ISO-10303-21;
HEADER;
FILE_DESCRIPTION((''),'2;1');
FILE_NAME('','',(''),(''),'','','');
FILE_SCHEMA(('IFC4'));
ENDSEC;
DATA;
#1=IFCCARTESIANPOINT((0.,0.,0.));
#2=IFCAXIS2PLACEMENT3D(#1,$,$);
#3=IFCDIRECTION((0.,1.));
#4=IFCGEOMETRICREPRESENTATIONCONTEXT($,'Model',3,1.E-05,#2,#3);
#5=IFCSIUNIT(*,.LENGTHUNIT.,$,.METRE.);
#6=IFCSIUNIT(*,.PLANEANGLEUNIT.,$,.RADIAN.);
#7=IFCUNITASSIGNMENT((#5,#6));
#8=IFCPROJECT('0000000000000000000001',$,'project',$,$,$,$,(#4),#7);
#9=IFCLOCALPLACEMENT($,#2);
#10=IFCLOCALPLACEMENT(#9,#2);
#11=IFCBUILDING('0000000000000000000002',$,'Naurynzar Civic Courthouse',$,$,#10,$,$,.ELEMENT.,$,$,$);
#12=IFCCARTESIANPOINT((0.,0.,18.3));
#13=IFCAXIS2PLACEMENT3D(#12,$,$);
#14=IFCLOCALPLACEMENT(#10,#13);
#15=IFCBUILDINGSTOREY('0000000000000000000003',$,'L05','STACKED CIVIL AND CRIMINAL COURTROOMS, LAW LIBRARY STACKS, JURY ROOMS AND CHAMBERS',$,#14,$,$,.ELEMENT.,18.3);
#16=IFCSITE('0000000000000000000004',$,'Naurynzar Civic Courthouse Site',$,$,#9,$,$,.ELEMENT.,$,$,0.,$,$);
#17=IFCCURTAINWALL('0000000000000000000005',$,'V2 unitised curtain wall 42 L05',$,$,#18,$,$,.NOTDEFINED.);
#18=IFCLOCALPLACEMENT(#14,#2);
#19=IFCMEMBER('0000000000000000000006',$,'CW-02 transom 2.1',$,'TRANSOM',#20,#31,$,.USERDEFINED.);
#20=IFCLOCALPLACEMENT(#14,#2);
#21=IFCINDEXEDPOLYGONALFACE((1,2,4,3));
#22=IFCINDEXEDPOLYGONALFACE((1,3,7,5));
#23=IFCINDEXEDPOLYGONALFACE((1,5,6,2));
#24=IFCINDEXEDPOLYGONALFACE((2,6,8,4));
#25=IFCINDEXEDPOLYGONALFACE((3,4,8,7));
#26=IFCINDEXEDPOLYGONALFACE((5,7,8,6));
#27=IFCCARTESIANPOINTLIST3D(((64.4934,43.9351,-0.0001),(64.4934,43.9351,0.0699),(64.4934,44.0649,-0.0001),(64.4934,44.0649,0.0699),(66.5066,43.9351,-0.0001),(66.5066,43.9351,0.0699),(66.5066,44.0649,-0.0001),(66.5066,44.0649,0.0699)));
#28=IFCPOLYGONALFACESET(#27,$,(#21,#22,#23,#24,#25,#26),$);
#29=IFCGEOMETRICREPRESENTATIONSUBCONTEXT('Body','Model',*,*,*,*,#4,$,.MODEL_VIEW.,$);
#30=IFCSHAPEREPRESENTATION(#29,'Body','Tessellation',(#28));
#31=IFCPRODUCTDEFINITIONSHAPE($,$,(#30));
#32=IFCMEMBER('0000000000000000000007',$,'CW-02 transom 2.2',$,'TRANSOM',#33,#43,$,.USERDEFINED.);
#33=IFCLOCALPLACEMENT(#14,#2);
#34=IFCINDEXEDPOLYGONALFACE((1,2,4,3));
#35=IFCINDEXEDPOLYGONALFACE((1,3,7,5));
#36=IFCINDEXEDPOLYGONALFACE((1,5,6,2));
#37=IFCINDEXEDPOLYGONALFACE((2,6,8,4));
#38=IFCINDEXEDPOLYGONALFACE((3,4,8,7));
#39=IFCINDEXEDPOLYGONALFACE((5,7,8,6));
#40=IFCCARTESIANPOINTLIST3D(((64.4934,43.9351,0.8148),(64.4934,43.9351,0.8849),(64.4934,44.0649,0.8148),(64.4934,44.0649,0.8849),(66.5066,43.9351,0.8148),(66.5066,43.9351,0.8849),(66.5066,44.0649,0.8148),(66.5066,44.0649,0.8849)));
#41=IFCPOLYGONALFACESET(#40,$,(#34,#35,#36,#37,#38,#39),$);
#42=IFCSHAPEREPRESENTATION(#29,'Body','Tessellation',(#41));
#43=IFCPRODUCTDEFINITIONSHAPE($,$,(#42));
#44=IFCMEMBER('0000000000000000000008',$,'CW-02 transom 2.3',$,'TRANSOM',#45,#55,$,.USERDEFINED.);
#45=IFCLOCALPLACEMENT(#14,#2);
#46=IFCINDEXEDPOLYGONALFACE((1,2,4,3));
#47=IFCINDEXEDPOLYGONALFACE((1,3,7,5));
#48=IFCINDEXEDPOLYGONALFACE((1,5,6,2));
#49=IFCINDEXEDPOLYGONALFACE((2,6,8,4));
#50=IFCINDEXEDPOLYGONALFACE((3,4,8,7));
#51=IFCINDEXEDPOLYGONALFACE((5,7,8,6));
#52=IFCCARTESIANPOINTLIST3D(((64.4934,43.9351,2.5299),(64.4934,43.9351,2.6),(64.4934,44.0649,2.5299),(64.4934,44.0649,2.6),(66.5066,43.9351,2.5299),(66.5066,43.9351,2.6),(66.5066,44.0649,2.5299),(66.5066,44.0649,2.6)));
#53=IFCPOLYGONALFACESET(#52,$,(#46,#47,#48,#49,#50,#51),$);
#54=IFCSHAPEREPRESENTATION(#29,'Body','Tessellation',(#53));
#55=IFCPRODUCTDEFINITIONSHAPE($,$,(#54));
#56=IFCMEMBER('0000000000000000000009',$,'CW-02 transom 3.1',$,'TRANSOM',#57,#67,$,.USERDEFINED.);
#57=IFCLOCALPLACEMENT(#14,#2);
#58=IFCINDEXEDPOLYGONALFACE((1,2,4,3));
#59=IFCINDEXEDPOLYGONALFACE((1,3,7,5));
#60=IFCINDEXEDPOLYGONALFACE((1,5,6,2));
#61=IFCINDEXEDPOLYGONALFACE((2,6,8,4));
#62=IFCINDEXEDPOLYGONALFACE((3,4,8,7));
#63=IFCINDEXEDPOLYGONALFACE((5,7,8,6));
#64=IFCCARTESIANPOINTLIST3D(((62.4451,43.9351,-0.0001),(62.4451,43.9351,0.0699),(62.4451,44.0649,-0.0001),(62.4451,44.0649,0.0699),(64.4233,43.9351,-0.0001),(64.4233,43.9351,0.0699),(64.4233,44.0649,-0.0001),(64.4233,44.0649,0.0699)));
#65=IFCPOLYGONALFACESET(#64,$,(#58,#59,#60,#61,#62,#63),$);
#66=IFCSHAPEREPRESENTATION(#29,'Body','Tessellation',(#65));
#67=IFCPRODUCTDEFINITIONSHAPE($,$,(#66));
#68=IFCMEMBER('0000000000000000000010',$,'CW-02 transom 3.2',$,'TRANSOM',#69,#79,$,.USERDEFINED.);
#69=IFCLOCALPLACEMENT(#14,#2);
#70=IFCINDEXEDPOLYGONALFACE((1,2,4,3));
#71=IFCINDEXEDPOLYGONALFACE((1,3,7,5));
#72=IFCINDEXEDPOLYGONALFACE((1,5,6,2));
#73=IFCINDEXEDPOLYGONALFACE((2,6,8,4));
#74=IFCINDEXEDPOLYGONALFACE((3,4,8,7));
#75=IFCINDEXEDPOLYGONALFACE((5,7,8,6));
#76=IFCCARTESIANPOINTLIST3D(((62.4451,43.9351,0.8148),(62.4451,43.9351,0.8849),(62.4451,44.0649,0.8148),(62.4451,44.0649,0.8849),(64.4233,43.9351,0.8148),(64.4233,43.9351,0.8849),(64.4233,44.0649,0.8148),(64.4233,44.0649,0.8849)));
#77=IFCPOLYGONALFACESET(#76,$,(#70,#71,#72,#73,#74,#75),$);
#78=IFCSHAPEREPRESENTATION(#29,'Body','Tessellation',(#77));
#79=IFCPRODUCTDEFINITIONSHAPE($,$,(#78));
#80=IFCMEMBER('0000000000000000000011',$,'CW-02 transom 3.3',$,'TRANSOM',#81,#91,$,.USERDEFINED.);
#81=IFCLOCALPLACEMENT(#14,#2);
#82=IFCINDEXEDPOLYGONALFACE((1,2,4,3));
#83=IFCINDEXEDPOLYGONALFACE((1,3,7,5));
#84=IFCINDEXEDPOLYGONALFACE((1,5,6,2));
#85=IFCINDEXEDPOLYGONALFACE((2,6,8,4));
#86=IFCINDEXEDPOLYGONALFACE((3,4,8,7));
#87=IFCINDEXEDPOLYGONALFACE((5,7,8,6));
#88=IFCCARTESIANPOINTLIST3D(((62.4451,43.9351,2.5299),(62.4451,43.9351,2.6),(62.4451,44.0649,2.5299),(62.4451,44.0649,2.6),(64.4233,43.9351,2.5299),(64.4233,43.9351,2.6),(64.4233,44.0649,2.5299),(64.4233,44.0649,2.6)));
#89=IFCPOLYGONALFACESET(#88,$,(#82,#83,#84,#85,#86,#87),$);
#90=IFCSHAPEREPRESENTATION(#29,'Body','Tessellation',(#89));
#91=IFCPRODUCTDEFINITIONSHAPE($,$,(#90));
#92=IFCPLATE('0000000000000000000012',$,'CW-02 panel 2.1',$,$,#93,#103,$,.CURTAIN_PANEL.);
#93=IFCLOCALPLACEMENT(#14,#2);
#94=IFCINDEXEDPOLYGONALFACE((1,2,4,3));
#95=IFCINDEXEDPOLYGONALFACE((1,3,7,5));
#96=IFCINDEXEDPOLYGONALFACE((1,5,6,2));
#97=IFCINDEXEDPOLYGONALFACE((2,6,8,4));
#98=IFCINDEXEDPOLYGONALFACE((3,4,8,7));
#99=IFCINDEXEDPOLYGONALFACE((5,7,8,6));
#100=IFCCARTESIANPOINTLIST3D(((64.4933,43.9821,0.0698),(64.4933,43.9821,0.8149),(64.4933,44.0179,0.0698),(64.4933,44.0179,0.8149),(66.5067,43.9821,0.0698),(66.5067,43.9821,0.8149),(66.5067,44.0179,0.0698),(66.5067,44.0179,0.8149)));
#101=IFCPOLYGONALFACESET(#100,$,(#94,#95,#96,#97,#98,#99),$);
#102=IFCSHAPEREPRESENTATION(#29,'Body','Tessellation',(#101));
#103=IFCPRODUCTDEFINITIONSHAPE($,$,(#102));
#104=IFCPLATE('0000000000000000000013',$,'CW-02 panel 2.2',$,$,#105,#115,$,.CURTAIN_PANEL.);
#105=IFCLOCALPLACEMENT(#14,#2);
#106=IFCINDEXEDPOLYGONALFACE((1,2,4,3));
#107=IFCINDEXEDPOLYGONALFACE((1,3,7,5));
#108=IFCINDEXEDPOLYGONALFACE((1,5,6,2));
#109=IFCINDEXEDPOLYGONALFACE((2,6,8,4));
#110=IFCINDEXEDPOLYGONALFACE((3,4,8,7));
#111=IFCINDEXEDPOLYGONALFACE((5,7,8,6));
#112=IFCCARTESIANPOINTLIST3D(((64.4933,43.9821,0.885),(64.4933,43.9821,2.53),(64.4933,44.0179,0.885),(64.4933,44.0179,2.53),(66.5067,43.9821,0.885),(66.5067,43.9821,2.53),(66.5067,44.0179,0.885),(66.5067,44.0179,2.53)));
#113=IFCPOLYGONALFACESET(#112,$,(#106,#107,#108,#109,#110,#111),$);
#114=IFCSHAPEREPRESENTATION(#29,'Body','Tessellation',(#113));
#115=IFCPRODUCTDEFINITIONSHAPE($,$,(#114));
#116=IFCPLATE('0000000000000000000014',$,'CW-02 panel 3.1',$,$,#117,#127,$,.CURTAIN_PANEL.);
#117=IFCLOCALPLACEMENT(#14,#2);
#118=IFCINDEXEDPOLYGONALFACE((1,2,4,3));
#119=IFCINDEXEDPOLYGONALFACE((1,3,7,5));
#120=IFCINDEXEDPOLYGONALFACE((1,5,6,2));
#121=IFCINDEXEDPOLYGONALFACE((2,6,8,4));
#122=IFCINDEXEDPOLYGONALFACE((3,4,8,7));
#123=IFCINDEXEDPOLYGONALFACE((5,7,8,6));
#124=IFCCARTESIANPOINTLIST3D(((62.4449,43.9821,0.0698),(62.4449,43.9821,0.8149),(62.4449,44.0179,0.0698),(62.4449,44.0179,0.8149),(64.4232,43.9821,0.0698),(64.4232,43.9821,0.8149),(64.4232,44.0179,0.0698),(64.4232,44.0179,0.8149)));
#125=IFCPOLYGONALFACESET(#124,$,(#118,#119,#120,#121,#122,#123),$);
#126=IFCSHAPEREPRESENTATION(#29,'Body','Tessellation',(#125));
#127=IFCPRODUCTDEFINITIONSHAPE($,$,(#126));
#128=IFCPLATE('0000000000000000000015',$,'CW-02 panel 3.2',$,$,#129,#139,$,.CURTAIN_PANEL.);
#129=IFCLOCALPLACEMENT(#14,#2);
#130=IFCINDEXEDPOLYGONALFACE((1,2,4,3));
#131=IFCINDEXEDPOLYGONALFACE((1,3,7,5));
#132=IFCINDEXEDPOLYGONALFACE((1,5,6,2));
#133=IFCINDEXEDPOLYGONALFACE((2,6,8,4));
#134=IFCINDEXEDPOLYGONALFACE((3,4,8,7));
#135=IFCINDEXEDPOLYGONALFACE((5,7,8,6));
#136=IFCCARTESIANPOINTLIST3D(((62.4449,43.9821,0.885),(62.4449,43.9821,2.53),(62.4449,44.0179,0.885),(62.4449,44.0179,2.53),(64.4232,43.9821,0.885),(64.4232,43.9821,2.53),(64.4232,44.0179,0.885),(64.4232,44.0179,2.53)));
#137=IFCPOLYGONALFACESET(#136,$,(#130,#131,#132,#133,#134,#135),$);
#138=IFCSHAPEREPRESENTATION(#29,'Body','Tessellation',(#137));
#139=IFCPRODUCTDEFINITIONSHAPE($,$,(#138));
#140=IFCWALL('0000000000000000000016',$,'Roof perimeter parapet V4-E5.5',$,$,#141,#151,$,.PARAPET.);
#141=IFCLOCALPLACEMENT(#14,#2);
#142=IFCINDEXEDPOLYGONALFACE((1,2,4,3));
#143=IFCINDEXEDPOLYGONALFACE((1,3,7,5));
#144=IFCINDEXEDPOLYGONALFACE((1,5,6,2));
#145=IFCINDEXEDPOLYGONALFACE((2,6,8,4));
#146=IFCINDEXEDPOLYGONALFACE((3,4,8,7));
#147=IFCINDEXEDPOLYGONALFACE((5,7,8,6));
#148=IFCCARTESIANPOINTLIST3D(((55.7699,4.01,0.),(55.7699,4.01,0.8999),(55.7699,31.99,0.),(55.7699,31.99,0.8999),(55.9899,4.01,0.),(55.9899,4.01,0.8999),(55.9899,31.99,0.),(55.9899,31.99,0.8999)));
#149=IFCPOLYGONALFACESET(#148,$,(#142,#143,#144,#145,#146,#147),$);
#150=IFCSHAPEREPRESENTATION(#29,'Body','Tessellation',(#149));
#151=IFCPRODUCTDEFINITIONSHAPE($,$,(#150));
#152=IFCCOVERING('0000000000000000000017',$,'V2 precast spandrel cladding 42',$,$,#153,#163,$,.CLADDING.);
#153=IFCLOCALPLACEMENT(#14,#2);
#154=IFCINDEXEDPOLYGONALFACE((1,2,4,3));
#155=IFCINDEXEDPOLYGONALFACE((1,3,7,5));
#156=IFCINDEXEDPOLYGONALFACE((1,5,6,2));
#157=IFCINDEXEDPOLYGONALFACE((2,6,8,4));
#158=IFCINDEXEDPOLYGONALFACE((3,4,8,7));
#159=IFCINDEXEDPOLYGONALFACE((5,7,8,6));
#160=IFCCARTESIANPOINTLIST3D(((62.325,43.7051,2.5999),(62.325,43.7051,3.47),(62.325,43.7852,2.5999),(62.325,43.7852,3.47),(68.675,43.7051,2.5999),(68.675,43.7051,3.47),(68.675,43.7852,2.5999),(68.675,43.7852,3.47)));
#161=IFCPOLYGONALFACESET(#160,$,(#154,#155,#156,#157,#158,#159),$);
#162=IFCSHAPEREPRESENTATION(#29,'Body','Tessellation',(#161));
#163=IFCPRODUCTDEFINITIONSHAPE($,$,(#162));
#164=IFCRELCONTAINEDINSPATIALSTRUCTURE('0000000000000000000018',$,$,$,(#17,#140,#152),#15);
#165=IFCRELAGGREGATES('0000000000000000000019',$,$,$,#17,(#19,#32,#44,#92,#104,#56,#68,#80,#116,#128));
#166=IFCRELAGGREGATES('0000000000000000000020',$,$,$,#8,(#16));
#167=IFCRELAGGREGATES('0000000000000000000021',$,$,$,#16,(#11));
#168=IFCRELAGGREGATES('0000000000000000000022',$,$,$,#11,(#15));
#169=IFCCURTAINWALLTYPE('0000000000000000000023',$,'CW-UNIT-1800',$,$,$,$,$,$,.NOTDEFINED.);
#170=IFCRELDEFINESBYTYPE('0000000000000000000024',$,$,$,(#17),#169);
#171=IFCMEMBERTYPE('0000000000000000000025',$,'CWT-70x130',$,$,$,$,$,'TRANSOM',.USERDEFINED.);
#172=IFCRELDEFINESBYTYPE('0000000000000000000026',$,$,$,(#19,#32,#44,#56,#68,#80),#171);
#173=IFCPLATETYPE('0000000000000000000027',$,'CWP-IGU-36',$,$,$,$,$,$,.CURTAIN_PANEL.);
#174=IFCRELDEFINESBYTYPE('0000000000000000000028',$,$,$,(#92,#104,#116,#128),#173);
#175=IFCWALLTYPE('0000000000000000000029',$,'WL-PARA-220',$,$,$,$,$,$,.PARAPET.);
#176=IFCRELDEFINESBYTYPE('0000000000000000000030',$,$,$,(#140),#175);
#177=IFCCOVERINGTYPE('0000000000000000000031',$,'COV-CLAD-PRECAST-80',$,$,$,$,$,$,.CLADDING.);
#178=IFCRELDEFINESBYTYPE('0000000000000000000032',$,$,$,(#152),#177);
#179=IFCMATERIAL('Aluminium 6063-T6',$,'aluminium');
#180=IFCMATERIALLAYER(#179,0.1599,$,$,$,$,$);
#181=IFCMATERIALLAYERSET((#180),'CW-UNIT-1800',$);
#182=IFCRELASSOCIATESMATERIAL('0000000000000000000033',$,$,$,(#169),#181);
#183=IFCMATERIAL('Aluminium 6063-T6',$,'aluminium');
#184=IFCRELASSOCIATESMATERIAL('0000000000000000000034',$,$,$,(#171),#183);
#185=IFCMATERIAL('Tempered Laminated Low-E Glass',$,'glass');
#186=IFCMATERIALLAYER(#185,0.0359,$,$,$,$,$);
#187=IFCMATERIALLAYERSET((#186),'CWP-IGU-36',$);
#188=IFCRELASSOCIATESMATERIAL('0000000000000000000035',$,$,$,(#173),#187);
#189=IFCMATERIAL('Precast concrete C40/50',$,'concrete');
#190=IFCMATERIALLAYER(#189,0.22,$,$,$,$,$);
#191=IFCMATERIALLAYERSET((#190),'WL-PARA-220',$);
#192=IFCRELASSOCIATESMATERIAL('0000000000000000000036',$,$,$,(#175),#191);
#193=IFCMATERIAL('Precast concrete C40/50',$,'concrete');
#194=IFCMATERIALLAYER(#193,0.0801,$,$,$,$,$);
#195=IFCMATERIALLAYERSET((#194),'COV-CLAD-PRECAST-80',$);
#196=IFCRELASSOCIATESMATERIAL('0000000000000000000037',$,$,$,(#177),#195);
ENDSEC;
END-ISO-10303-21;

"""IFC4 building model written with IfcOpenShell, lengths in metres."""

from ifc_helpers import new_model, si_unit, direction, frame, frame_2d, origin, origin_2d, place, context, subcontext, project, spatial, rectangle, extrude, material, layer, layer_set, material_profile, profile_set, type_object, element, aggregate, save


model = new_model("IFC4")

# Units and contexts
model_context = context("Model", 3, precision=1e-05, world=origin(), true_north=direction((0.0, 1.0)))
body_context = subcontext(model_context, "Body", "Model", "MODEL_VIEW")
ifc_project = project(units=[si_unit("LENGTHUNIT", "METRE"), si_unit("PLANEANGLEUNIT", "RADIAN")], contexts=[model_context])

# Site, building, storey
site_placement = place(None, origin())
site = spatial("IfcSite", under=ifc_project, at=site_placement, Name="Naurynzar Civic Courthouse Site", CompositionType="ELEMENT", RefElevation=0.0)
building_placement = place(site_placement, origin())
building = spatial("IfcBuilding", under=site, at=building_placement, Name="Naurynzar Civic Courthouse", CompositionType="ELEMENT")
storey_placement = place(building_placement, frame((0.0, 0.0, 18.3)))
storey = spatial("IfcBuildingStorey", under=building, at=storey_placement, Name="L05", Description="STACKED CIVIL AND CRIMINAL COURTROOMS, LAW LIBRARY STACKS, JURY ROOMS AND CHAMBERS", CompositionType="ELEMENT", Elevation=18.3)

# Curtain wall, members, plates
ifc_material_1 = material(Name="Aluminium 6063-T6", Category="aluminium")
ifc_layer_1 = layer(ifc_material_1, 0.1599)
ifc_layer_set_1 = layer_set([ifc_layer_1], Name="CW-UNIT-1800")
curtain_wall_type = type_object("IfcCurtainWallType", Name="CW-UNIT-1800", PredefinedType="NOTDEFINED", material=ifc_layer_set_1)
curtain_wall_placement = place(storey_placement, origin())
curtain_wall = element("IfcCurtainWall", 1, at=curtain_wall_placement, inside=storey, type_object=curtain_wall_type, Name="V2 unitised curtain wall 42 L05", PredefinedType="NOTDEFINED")
ifc_material_2 = material(Name="Aluminium 6063-T6", Category="aluminium")
ifc_material_profile_1 = material_profile(ifc_material_2, rectangle(XDim=0.1299, YDim=0.0701, at=origin_2d()), Name="ALU TRANSOM 70x130")
ifc_profile_set_1 = profile_set([ifc_material_profile_1], Name="Aluminium 6063-T6")
member_type_1 = type_object("IfcMemberType", Name="CWT-70x130", ElementType="TRANSOM", PredefinedType="USERDEFINED", material=ifc_profile_set_1)
member_1_placement = place(storey_placement, frame((66.5066, 44.0, 0.0349), z_axis=(-1.0, 0.0, 0.0), x_axis=(0.0, -1.0, 0.0)))
member_1 = element("IfcMember", 2, at=member_1_placement, type_object=member_type_1, Name="CW-02 transom 2.1", ObjectType="TRANSOM", PredefinedType="USERDEFINED", context=body_context, shape_type="SweptSolid", body=[
    extrude(rectangle(XDim=0.1299, YDim=0.0701, at=origin_2d()), origin(), (0.0, 0.0, 1.0), 2.0132),
])
member_2_placement = place(storey_placement, frame((66.5066, 44.0, 0.8499), z_axis=(-1.0, 0.0, 0.0), x_axis=(0.0, -1.0, 0.0)))
member_2 = element("IfcMember", 3, at=member_2_placement, type_object=member_type_1, Name="CW-02 transom 2.2", ObjectType="TRANSOM", PredefinedType="USERDEFINED", context=body_context, shape_type="SweptSolid", body=[
    extrude(rectangle(XDim=0.1299, YDim=0.0701, at=origin_2d()), origin(), (0.0, 0.0, 1.0), 2.0132),
])
member_3_placement = place(storey_placement, frame((66.5066, 44.0, 2.5649), z_axis=(-1.0, 0.0, 0.0), x_axis=(0.0, -1.0, 0.0)))
member_3 = element("IfcMember", 4, at=member_3_placement, type_object=member_type_1, Name="CW-02 transom 2.3", ObjectType="TRANSOM", PredefinedType="USERDEFINED", context=body_context, shape_type="SweptSolid", body=[
    extrude(rectangle(XDim=0.1299, YDim=0.0701, at=origin_2d()), origin(), (0.0, 0.0, 1.0), 2.0132),
])
member_4_placement = place(storey_placement, frame((64.4233, 44.0, 0.0349), z_axis=(-1.0, 0.0, 0.0), x_axis=(0.0, -1.0, 0.0)))
member_4 = element("IfcMember", 5, at=member_4_placement, type_object=member_type_1, Name="CW-02 transom 3.1", ObjectType="TRANSOM", PredefinedType="USERDEFINED", context=body_context, shape_type="SweptSolid", body=[
    extrude(rectangle(XDim=0.1299, YDim=0.0701, at=origin_2d()), origin(), (0.0, 0.0, 1.0), 1.9783),
])
member_5_placement = place(storey_placement, frame((64.4233, 44.0, 0.8499), z_axis=(-1.0, 0.0, 0.0), x_axis=(0.0, -1.0, 0.0)))
member_5 = element("IfcMember", 6, at=member_5_placement, type_object=member_type_1, Name="CW-02 transom 3.2", ObjectType="TRANSOM", PredefinedType="USERDEFINED", context=body_context, shape_type="SweptSolid", body=[
    extrude(rectangle(XDim=0.1299, YDim=0.0701, at=origin_2d()), origin(), (0.0, 0.0, 1.0), 1.9783),
])
member_6_placement = place(storey_placement, frame((64.4233, 44.0, 2.5649), z_axis=(-1.0, 0.0, 0.0), x_axis=(0.0, -1.0, 0.0)))
member_6 = element("IfcMember", 7, at=member_6_placement, type_object=member_type_1, Name="CW-02 transom 3.3", ObjectType="TRANSOM", PredefinedType="USERDEFINED", context=body_context, shape_type="SweptSolid", body=[
    extrude(rectangle(XDim=0.1299, YDim=0.0701, at=origin_2d()), origin(), (0.0, 0.0, 1.0), 1.9783),
])
ifc_material_3 = material(Name="Tempered Laminated Low-E Glass", Category="glass")
ifc_layer_2 = layer(ifc_material_3, 0.0359)
ifc_layer_set_2 = layer_set([ifc_layer_2], Name="CWP-IGU-36")
plate_type = type_object("IfcPlateType", Name="CWP-IGU-36", PredefinedType="CURTAIN_PANEL", material=ifc_layer_set_2)
plate_1_placement = place(storey_placement, frame((65.5, 44.0, 0.0698), z_axis=(0.0, 0.0, 1.0), x_axis=(-1.0, 0.0, 0.0)))
plate_1 = element("IfcPlate", 8, at=plate_1_placement, type_object=plate_type, Name="CW-02 panel 2.1", PredefinedType="CURTAIN_PANEL", context=body_context, shape_type="SweptSolid", body=[
    extrude(rectangle(XDim=2.0134, YDim=0.0359, at=origin_2d()), origin(), (0.0, 0.0, 1.0), 0.7451),
])
plate_2_placement = place(storey_placement, frame((65.5, 44.0, 0.885), z_axis=(0.0, 0.0, 1.0), x_axis=(-1.0, 0.0, 0.0)))
plate_2 = element("IfcPlate", 9, at=plate_2_placement, type_object=plate_type, Name="CW-02 panel 2.2", PredefinedType="CURTAIN_PANEL", context=body_context, shape_type="SweptSolid", body=[
    extrude(rectangle(XDim=2.0134, YDim=0.0359, at=origin_2d()), origin(), (0.0, 0.0, 1.0), 1.645),
])
plate_3_placement = place(storey_placement, frame((63.4341, 44.0, 0.0698), z_axis=(0.0, 0.0, 1.0), x_axis=(-1.0, 0.0, 0.0)))
plate_3 = element("IfcPlate", 10, at=plate_3_placement, type_object=plate_type, Name="CW-02 panel 3.1", PredefinedType="CURTAIN_PANEL", context=body_context, shape_type="SweptSolid", body=[
    extrude(rectangle(XDim=1.9783, YDim=0.0359, at=origin_2d()), origin(), (0.0, 0.0, 1.0), 0.7451),
])
plate_4_placement = place(storey_placement, frame((63.4341, 44.0, 0.885), z_axis=(0.0, 0.0, 1.0), x_axis=(-1.0, 0.0, 0.0)))
plate_4 = element("IfcPlate", 11, at=plate_4_placement, type_object=plate_type, Name="CW-02 panel 3.2", PredefinedType="CURTAIN_PANEL", context=body_context, shape_type="SweptSolid", body=[
    extrude(rectangle(XDim=1.9783, YDim=0.0359, at=origin_2d()), origin(), (0.0, 0.0, 1.0), 1.645),
])
aggregate(curtain_wall, [member_1, member_2, member_3, plate_1, plate_2, member_4, member_5, member_6, plate_3, plate_4])

# Wall
ifc_material_4 = material(Name="Precast concrete C40/50", Category="concrete")
ifc_layer_3 = layer(ifc_material_4, 0.22)
ifc_layer_set_3 = layer_set([ifc_layer_3], Name="WL-PARA-220")
wall_type = type_object("IfcWallType", Name="WL-PARA-220", PredefinedType="PARAPET", material=ifc_layer_set_3)
wall_placement = place(storey_placement, frame((55.8799, 31.99, 0.0), z_axis=(0.0, 0.0, 1.0), x_axis=(0.0, -1.0, 0.0)))
element("IfcWall", 12, at=wall_placement, inside=storey, type_object=wall_type, Name="Roof perimeter parapet V4-E5.5", PredefinedType="PARAPET", context=body_context, shape_type="SweptSolid", body=[
    extrude(rectangle(XDim=27.98, YDim=0.22, at=frame_2d((13.99, 0.0))), origin(), (0.0, 0.0, 1.0), 0.8999),
])

# Covering
ifc_material_5 = material(Name="Precast concrete C40/50", Category="concrete")
ifc_layer_4 = layer(ifc_material_5, 0.0801)
ifc_layer_set_4 = layer_set([ifc_layer_4], Name="COV-CLAD-PRECAST-80")
covering_type = type_object("IfcCoveringType", Name="COV-CLAD-PRECAST-80", PredefinedType="CLADDING", material=ifc_layer_set_4)
covering_placement = place(storey_placement, frame((65.5, 43.7451, 2.5999), z_axis=(0.0, 0.0, 1.0), x_axis=(-1.0, 0.0, 0.0)))
element("IfcCovering", 13, at=covering_placement, inside=storey, type_object=covering_type, Name="V2 precast spandrel cladding 42", PredefinedType="CLADDING", context=body_context, shape_type="SweptSolid", body=[
    extrude(rectangle(XDim=6.3501, YDim=0.0801, at=origin_2d()), origin(), (0.0, 0.0, 1.0), 0.8701),
])

save(model, "model.ifc")
